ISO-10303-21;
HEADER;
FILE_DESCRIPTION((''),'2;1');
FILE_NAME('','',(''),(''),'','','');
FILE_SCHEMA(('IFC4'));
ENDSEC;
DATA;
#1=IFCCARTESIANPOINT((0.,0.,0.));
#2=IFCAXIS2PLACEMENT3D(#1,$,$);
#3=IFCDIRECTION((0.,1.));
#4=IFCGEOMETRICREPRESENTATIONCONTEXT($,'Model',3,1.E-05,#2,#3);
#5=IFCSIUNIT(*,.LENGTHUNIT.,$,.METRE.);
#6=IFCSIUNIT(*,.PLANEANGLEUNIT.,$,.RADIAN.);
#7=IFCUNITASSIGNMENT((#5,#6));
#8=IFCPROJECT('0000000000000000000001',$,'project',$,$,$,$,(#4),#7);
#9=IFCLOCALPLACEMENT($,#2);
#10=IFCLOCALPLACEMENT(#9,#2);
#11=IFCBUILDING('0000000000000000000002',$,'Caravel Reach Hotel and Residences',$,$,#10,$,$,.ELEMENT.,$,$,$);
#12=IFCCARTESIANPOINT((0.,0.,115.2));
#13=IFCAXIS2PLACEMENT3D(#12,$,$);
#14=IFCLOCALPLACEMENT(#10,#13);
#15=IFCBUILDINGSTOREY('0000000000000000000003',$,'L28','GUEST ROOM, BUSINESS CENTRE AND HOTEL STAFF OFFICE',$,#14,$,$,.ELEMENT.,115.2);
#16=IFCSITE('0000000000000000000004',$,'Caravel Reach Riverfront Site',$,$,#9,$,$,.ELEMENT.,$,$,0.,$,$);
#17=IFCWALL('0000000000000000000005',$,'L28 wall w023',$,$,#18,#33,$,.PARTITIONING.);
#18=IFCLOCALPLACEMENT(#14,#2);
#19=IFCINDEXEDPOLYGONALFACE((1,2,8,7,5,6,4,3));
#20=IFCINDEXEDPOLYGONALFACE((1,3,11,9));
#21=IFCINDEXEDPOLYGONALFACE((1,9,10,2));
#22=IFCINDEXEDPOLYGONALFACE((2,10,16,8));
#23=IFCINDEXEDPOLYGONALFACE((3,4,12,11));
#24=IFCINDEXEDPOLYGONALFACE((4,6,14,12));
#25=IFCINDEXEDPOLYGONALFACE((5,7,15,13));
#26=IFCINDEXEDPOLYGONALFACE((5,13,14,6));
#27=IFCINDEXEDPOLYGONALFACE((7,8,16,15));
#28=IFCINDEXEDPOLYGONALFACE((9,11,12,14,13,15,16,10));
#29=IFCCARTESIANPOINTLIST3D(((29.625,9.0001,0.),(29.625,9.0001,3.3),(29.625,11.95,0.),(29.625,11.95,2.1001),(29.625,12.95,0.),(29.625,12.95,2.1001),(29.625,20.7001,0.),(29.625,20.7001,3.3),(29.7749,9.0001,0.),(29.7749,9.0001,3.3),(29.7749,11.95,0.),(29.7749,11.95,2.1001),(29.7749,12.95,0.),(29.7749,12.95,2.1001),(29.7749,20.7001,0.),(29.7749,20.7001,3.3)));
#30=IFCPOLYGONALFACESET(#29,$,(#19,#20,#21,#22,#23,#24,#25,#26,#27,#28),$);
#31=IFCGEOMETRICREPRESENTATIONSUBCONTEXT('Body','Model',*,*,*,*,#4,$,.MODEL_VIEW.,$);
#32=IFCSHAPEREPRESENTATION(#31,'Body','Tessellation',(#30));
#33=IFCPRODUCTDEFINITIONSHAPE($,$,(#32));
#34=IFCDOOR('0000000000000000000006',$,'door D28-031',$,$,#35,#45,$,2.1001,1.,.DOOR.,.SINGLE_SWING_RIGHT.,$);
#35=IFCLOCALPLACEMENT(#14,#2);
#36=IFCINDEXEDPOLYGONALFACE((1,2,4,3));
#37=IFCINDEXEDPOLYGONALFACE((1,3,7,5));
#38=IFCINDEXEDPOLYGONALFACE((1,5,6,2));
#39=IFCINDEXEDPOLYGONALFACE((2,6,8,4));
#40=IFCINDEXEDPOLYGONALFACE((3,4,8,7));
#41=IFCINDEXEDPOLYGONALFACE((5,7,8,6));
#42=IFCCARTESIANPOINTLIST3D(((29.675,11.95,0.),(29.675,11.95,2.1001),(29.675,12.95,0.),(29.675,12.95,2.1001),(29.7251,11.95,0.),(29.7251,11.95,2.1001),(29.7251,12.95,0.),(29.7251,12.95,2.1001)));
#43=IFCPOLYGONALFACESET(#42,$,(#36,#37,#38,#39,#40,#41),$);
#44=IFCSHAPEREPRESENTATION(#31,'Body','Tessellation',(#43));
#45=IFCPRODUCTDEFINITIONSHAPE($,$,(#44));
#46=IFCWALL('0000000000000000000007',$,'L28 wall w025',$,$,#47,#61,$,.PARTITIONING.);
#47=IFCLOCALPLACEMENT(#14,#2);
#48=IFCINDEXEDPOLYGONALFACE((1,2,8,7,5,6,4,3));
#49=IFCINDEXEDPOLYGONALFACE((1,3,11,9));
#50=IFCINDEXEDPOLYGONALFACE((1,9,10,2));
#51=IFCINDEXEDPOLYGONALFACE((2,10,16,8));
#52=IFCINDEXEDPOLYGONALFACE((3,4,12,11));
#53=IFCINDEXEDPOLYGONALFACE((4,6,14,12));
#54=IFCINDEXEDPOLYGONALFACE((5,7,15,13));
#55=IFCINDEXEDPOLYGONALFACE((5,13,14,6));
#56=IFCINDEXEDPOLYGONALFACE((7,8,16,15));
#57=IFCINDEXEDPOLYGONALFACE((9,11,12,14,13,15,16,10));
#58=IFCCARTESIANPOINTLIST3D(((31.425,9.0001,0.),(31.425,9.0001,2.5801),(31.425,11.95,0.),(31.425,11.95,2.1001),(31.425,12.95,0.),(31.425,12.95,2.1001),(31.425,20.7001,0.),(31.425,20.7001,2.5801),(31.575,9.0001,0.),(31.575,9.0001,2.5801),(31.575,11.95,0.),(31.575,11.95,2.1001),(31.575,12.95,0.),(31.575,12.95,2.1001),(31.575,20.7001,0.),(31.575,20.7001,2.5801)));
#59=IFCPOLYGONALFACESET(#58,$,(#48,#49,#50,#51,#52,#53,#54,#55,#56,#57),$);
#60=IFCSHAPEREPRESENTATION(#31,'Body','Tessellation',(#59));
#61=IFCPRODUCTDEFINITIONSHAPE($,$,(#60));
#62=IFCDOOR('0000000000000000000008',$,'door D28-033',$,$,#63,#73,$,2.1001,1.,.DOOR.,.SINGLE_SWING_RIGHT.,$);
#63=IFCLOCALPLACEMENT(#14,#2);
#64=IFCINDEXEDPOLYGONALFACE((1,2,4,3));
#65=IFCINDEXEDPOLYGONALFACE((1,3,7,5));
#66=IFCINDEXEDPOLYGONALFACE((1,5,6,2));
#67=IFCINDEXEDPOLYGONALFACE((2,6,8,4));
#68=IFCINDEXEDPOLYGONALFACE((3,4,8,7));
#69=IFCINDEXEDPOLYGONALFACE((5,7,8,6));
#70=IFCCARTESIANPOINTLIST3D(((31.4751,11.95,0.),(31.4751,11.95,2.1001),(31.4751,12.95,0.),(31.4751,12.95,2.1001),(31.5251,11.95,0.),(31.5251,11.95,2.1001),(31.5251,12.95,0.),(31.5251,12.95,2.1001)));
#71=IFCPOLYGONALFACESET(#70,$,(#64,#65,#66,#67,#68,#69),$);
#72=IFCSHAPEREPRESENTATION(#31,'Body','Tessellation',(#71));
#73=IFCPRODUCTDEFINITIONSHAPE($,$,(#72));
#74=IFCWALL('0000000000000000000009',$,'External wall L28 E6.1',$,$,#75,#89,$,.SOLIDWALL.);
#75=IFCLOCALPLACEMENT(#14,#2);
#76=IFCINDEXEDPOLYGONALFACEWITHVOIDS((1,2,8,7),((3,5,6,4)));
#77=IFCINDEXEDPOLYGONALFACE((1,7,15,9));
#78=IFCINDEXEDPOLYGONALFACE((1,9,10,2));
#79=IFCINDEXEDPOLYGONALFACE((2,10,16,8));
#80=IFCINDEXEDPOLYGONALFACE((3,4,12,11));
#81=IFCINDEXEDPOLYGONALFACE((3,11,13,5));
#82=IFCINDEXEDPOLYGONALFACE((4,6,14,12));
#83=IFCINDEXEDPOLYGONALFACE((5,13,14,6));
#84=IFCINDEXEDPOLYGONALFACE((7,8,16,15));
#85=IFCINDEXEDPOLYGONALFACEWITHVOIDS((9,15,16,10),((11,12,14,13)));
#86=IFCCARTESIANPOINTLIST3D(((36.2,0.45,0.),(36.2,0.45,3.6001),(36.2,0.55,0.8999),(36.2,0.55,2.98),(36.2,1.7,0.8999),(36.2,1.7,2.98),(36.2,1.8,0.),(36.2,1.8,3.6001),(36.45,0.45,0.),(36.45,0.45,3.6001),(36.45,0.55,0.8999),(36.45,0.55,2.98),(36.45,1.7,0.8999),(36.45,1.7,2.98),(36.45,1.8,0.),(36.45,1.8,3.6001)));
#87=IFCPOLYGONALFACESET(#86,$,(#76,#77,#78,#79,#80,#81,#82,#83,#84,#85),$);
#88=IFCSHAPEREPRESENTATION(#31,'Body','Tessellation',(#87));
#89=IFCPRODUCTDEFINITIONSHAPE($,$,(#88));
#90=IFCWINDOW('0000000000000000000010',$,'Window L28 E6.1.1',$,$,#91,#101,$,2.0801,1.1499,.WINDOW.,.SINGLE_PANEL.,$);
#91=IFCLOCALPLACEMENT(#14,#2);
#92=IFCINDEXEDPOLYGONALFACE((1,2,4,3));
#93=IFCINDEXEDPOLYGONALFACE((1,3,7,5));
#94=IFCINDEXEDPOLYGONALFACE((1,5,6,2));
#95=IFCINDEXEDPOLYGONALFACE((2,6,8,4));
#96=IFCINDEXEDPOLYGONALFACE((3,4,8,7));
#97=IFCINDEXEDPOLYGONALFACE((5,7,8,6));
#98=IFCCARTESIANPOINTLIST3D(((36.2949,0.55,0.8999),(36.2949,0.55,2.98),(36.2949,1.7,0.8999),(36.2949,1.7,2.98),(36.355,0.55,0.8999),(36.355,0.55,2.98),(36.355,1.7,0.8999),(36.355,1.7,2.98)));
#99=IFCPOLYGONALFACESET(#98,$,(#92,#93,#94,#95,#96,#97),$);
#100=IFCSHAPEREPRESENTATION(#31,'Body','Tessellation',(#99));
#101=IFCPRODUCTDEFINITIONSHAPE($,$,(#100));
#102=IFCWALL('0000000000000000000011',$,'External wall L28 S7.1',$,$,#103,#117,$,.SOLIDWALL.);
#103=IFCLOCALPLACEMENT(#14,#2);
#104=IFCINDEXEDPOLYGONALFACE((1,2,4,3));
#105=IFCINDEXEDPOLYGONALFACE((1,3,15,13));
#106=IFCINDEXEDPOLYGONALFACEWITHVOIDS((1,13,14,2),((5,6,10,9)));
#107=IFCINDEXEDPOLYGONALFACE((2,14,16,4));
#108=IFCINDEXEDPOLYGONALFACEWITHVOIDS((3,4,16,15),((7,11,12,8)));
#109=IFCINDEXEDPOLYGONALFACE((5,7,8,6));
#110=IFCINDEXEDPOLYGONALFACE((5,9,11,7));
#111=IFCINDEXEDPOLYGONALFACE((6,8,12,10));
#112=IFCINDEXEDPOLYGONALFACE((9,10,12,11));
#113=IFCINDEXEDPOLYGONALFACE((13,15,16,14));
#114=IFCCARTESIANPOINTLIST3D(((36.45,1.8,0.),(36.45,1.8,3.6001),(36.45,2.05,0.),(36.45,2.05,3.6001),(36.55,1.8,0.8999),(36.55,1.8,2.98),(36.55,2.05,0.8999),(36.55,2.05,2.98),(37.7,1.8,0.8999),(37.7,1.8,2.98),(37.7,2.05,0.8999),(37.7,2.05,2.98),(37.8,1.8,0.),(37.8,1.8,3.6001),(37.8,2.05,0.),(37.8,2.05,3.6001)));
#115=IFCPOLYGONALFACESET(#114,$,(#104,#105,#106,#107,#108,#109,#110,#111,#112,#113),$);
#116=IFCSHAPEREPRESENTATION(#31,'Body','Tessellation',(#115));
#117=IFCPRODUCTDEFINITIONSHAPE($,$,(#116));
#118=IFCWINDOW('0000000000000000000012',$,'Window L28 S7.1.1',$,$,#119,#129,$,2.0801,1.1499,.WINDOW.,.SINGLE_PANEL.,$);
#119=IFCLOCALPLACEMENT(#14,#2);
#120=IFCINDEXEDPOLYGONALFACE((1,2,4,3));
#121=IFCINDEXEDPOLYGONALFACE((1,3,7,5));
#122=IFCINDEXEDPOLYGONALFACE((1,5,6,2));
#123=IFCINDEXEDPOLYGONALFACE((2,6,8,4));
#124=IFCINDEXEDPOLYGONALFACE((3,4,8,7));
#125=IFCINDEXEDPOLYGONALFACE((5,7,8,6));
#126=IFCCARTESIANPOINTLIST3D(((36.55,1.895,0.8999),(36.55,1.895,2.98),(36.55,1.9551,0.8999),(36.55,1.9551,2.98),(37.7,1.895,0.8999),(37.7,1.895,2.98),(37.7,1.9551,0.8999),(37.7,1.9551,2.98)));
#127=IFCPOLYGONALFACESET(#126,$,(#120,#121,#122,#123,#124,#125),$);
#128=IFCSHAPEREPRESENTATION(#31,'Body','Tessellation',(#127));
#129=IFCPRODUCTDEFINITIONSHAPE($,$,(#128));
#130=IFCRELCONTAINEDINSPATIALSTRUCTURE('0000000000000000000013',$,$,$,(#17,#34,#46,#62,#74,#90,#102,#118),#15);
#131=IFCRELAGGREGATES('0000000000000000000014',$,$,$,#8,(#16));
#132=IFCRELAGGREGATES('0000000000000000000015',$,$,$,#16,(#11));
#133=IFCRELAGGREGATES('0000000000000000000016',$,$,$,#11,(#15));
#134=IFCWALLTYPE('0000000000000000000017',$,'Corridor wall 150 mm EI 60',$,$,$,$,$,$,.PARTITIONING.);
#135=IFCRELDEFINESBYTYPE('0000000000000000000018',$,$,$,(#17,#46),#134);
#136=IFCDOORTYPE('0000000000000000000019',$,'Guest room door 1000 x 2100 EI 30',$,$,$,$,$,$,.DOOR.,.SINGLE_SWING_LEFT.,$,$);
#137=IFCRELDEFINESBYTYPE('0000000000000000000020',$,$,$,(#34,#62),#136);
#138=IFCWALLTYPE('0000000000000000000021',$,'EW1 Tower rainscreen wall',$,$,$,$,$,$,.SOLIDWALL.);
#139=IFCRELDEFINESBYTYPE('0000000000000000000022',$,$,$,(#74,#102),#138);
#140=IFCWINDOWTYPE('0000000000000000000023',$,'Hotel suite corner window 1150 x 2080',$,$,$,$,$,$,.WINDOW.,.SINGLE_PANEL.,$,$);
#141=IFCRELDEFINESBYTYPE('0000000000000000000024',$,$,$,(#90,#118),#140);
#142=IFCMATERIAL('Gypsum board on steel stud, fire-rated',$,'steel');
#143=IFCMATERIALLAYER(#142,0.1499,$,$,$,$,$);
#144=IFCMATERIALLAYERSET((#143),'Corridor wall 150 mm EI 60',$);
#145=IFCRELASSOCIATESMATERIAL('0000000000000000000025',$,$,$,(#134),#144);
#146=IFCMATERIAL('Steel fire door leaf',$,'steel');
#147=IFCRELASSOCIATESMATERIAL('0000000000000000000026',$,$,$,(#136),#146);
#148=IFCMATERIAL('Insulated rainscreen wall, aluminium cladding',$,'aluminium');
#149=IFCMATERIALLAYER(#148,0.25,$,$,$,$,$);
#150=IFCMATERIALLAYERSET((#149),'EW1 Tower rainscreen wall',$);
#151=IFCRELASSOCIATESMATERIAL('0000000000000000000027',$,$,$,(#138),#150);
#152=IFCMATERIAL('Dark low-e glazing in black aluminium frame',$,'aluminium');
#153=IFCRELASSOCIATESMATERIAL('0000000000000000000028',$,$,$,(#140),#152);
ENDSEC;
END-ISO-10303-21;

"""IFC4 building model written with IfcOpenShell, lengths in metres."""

from ifc_helpers import new_model, si_unit, direction, frame, frame_2d, origin, place, context, subcontext, project, spatial, rectangle, extrude, material, layer, layer_set, type_object, element, fill, save


model = new_model("IFC4")

# Units and contexts
model_context = context("Model", 3, precision=1e-05, world=origin(), true_north=direction((0.0, 1.0)))
body_context = subcontext(model_context, "Body", "Model", "MODEL_VIEW")
ifc_project = project(units=[si_unit("LENGTHUNIT", "METRE"), si_unit("PLANEANGLEUNIT", "RADIAN")], contexts=[model_context])

# Site, building, storey
site_placement = place(None, origin())
site = spatial("IfcSite", under=ifc_project, at=site_placement, Name="Caravel Reach Riverfront Site", CompositionType="ELEMENT", RefElevation=0.0)
building_placement = place(site_placement, origin())
building = spatial("IfcBuilding", under=site, at=building_placement, Name="Caravel Reach Hotel and Residences", CompositionType="ELEMENT")
storey_placement = place(building_placement, frame((0.0, 0.0, 115.2)))
storey = spatial("IfcBuildingStorey", under=building, at=storey_placement, Name="L28", Description="GUEST ROOM, BUSINESS CENTRE AND HOTEL STAFF OFFICE", CompositionType="ELEMENT", Elevation=115.2)

# Walls, openings, doors
ifc_material_1 = material(Name="Gypsum board on steel stud, fire-rated", Category="steel")
ifc_layer_1 = layer(ifc_material_1, 0.1499)
ifc_layer_set_1 = layer_set([ifc_layer_1], Name="Corridor wall 150 mm EI 60")
wall_type_1 = type_object("IfcWallType", Name="Corridor wall 150 mm EI 60", PredefinedType="PARTITIONING", material=ifc_layer_set_1)
wall_1_placement = place(storey_placement, frame((29.7, 9.0, 0.0), z_axis=(0.0, 0.0, 1.0), x_axis=(0.0, 1.0, 0.0)))
wall_1 = element("IfcWall", 1, at=wall_1_placement, inside=storey, type_object=wall_type_1, Name="L28 wall w023", PredefinedType="PARTITIONING", context=body_context, shape_type="SweptSolid", body=[
    extrude(rectangle(XDim=11.7, YDim=0.1499, at=frame_2d((5.8501, 0.0))), origin(), (0.0, 0.0, 1.0), 3.3),
])
opening_1_placement = place(wall_1_placement, frame((2.95, 0.0, 0.0)))
opening_1 = element("IfcOpeningElement", 2, at=opening_1_placement, cuts=wall_1, PredefinedType="OPENING", context=body_context, shape_type="SweptSolid", body=[
    extrude(rectangle(XDim=1.0, YDim=2.1001, at=frame_2d((0.5, 1.05))), frame((0.0, 0.085, 0.0), z_axis=(0.0, -1.0, 0.0), x_axis=(1.0, 0.0, 0.0)), (0.0, 0.0, 1.0), 0.1699),
])
ifc_material_2 = material(Name="Steel fire door leaf", Category="steel")
door_type = type_object("IfcDoorType", Name="Guest room door 1000 x 2100 EI 30", OperationType="SINGLE_SWING_LEFT", PredefinedType="DOOR", material=ifc_material_2)
door_1_placement = place(opening_1_placement, origin())
door_1 = element("IfcDoor", 3, at=door_1_placement, inside=storey, type_object=door_type, Name="door D28-031", OperationType="SINGLE_SWING_RIGHT", OverallHeight=2.1001, OverallWidth=1.0, PredefinedType="DOOR", context=body_context, shape_type="SweptSolid", body=[
    extrude(rectangle(XDim=1.0, YDim=2.1001, at=frame_2d((0.5, 1.05))), frame((0.0, 0.0249, 0.0), z_axis=(0.0, -1.0, 0.0), x_axis=(1.0, 0.0, 0.0)), (0.0, 0.0, 1.0), 0.05),
])
fill(opening_1, door_1)
wall_2_placement = place(storey_placement, frame((31.5, 9.0, 0.0), z_axis=(0.0, 0.0, 1.0), x_axis=(0.0, 1.0, 0.0)))
wall_2 = element("IfcWall", 4, at=wall_2_placement, inside=storey, type_object=wall_type_1, Name="L28 wall w025", PredefinedType="PARTITIONING", context=body_context, shape_type="SweptSolid", body=[
    extrude(rectangle(XDim=11.7, YDim=0.1499, at=frame_2d((5.8501, 0.0))), origin(), (0.0, 0.0, 1.0), 2.5801),
])
opening_2_placement = place(wall_2_placement, frame((2.95, 0.0, 0.0)))
opening_2 = element("IfcOpeningElement", 5, at=opening_2_placement, cuts=wall_2, PredefinedType="OPENING", context=body_context, shape_type="SweptSolid", body=[
    extrude(rectangle(XDim=1.0, YDim=2.1001, at=frame_2d((0.5, 1.05))), frame((0.0, 0.085, 0.0), z_axis=(0.0, -1.0, 0.0), x_axis=(1.0, 0.0, 0.0)), (0.0, 0.0, 1.0), 0.1699),
])
door_2_placement = place(opening_2_placement, origin())
door_2 = element("IfcDoor", 6, at=door_2_placement, inside=storey, type_object=door_type, Name="door D28-033", OperationType="SINGLE_SWING_RIGHT", OverallHeight=2.1001, OverallWidth=1.0, PredefinedType="DOOR", context=body_context, shape_type="SweptSolid", body=[
    extrude(rectangle(XDim=1.0, YDim=2.1001, at=frame_2d((0.5, 1.05))), frame((0.0, 0.0249, 0.0), z_axis=(0.0, -1.0, 0.0), x_axis=(1.0, 0.0, 0.0)), (0.0, 0.0, 1.0), 0.05),
])
fill(opening_2, door_2)

# Walls, openings, windows
ifc_material_3 = material(Name="Insulated rainscreen wall, aluminium cladding", Category="aluminium")
ifc_layer_2 = layer(ifc_material_3, 0.25)
ifc_layer_set_2 = layer_set([ifc_layer_2], Name="EW1 Tower rainscreen wall")
wall_type_2 = type_object("IfcWallType", Name="EW1 Tower rainscreen wall", PredefinedType="SOLIDWALL", material=ifc_layer_set_2)
wall_3_placement = place(storey_placement, frame((36.325, 0.45, 0.0), z_axis=(0.0, 0.0, 1.0), x_axis=(0.0, 1.0, 0.0)))
wall_3 = element("IfcWall", 7, at=wall_3_placement, inside=storey, type_object=wall_type_2, Name="External wall L28 E6.1", PredefinedType="SOLIDWALL", context=body_context, shape_type="SweptSolid", body=[
    extrude(rectangle(XDim=1.3501, YDim=0.25, at=frame_2d((0.675, 0.0))), origin(), (0.0, 0.0, 1.0), 3.6001),
])
opening_3_placement = place(wall_3_placement, frame((0.1001, 0.0, 0.8999)))
opening_3 = element("IfcOpeningElement", 8, at=opening_3_placement, cuts=wall_3, PredefinedType="OPENING", context=body_context, shape_type="SweptSolid", body=[
    extrude(rectangle(XDim=1.1499, YDim=2.0801, at=frame_2d((0.575, 1.04))), frame((0.0, 0.135, 0.0), z_axis=(0.0, -1.0, 0.0), x_axis=(1.0, 0.0, 0.0)), (0.0, 0.0, 1.0), 0.27),
])
ifc_material_4 = material(Name="Dark low-e glazing in black aluminium frame", Category="aluminium")
window_type = type_object("IfcWindowType", Name="Hotel suite corner window 1150 x 2080", PartitioningType="SINGLE_PANEL", PredefinedType="WINDOW", material=ifc_material_4)
window_1_placement = place(opening_3_placement, origin())
window_1 = element("IfcWindow", 9, at=window_1_placement, inside=storey, type_object=window_type, Name="Window L28 E6.1.1", OverallHeight=2.0801, OverallWidth=1.1499, PartitioningType="SINGLE_PANEL", PredefinedType="WINDOW", context=body_context, shape_type="SweptSolid", body=[
    extrude(rectangle(XDim=1.1499, YDim=2.0801, at=frame_2d((0.575, 1.04))), frame((0.0, 0.03, 0.0), z_axis=(0.0, -1.0, 0.0), x_axis=(1.0, 0.0, 0.0)), (0.0, 0.0, 1.0), 0.0601),
])
fill(opening_3, window_1)
wall_4_placement = place(storey_placement, frame((36.45, 1.925, 0.0), z_axis=(0.0, 0.0, 1.0), x_axis=(1.0, 0.0, 0.0)))
wall_4 = element("IfcWall", 10, at=wall_4_placement, inside=storey, type_object=wall_type_2, Name="External wall L28 S7.1", PredefinedType="SOLIDWALL", context=body_context, shape_type="SweptSolid", body=[
    extrude(rectangle(XDim=1.3501, YDim=0.25, at=frame_2d((0.675, 0.0))), origin(), (0.0, 0.0, 1.0), 3.6001),
])
opening_4_placement = place(wall_4_placement, frame((0.1001, 0.0, 0.8999)))
opening_4 = element("IfcOpeningElement", 11, at=opening_4_placement, cuts=wall_4, PredefinedType="OPENING", context=body_context, shape_type="SweptSolid", body=[
    extrude(rectangle(XDim=1.1499, YDim=2.0801, at=frame_2d((0.575, 1.04))), frame((0.0, 0.135, 0.0), z_axis=(0.0, -1.0, 0.0), x_axis=(1.0, 0.0, 0.0)), (0.0, 0.0, 1.0), 0.27),
])
window_2_placement = place(opening_4_placement, origin())
window_2 = element("IfcWindow", 12, at=window_2_placement, inside=storey, type_object=window_type, Name="Window L28 S7.1.1", OverallHeight=2.0801, OverallWidth=1.1499, PartitioningType="SINGLE_PANEL", PredefinedType="WINDOW", context=body_context, shape_type="SweptSolid", body=[
    extrude(rectangle(XDim=1.1499, YDim=2.0801, at=frame_2d((0.575, 1.04))), frame((0.0, 0.03, 0.0), z_axis=(0.0, -1.0, 0.0), x_axis=(1.0, 0.0, 0.0)), (0.0, 0.0, 1.0), 0.0601),
])
fill(opening_4, window_2)

save(model, "model.ifc")
